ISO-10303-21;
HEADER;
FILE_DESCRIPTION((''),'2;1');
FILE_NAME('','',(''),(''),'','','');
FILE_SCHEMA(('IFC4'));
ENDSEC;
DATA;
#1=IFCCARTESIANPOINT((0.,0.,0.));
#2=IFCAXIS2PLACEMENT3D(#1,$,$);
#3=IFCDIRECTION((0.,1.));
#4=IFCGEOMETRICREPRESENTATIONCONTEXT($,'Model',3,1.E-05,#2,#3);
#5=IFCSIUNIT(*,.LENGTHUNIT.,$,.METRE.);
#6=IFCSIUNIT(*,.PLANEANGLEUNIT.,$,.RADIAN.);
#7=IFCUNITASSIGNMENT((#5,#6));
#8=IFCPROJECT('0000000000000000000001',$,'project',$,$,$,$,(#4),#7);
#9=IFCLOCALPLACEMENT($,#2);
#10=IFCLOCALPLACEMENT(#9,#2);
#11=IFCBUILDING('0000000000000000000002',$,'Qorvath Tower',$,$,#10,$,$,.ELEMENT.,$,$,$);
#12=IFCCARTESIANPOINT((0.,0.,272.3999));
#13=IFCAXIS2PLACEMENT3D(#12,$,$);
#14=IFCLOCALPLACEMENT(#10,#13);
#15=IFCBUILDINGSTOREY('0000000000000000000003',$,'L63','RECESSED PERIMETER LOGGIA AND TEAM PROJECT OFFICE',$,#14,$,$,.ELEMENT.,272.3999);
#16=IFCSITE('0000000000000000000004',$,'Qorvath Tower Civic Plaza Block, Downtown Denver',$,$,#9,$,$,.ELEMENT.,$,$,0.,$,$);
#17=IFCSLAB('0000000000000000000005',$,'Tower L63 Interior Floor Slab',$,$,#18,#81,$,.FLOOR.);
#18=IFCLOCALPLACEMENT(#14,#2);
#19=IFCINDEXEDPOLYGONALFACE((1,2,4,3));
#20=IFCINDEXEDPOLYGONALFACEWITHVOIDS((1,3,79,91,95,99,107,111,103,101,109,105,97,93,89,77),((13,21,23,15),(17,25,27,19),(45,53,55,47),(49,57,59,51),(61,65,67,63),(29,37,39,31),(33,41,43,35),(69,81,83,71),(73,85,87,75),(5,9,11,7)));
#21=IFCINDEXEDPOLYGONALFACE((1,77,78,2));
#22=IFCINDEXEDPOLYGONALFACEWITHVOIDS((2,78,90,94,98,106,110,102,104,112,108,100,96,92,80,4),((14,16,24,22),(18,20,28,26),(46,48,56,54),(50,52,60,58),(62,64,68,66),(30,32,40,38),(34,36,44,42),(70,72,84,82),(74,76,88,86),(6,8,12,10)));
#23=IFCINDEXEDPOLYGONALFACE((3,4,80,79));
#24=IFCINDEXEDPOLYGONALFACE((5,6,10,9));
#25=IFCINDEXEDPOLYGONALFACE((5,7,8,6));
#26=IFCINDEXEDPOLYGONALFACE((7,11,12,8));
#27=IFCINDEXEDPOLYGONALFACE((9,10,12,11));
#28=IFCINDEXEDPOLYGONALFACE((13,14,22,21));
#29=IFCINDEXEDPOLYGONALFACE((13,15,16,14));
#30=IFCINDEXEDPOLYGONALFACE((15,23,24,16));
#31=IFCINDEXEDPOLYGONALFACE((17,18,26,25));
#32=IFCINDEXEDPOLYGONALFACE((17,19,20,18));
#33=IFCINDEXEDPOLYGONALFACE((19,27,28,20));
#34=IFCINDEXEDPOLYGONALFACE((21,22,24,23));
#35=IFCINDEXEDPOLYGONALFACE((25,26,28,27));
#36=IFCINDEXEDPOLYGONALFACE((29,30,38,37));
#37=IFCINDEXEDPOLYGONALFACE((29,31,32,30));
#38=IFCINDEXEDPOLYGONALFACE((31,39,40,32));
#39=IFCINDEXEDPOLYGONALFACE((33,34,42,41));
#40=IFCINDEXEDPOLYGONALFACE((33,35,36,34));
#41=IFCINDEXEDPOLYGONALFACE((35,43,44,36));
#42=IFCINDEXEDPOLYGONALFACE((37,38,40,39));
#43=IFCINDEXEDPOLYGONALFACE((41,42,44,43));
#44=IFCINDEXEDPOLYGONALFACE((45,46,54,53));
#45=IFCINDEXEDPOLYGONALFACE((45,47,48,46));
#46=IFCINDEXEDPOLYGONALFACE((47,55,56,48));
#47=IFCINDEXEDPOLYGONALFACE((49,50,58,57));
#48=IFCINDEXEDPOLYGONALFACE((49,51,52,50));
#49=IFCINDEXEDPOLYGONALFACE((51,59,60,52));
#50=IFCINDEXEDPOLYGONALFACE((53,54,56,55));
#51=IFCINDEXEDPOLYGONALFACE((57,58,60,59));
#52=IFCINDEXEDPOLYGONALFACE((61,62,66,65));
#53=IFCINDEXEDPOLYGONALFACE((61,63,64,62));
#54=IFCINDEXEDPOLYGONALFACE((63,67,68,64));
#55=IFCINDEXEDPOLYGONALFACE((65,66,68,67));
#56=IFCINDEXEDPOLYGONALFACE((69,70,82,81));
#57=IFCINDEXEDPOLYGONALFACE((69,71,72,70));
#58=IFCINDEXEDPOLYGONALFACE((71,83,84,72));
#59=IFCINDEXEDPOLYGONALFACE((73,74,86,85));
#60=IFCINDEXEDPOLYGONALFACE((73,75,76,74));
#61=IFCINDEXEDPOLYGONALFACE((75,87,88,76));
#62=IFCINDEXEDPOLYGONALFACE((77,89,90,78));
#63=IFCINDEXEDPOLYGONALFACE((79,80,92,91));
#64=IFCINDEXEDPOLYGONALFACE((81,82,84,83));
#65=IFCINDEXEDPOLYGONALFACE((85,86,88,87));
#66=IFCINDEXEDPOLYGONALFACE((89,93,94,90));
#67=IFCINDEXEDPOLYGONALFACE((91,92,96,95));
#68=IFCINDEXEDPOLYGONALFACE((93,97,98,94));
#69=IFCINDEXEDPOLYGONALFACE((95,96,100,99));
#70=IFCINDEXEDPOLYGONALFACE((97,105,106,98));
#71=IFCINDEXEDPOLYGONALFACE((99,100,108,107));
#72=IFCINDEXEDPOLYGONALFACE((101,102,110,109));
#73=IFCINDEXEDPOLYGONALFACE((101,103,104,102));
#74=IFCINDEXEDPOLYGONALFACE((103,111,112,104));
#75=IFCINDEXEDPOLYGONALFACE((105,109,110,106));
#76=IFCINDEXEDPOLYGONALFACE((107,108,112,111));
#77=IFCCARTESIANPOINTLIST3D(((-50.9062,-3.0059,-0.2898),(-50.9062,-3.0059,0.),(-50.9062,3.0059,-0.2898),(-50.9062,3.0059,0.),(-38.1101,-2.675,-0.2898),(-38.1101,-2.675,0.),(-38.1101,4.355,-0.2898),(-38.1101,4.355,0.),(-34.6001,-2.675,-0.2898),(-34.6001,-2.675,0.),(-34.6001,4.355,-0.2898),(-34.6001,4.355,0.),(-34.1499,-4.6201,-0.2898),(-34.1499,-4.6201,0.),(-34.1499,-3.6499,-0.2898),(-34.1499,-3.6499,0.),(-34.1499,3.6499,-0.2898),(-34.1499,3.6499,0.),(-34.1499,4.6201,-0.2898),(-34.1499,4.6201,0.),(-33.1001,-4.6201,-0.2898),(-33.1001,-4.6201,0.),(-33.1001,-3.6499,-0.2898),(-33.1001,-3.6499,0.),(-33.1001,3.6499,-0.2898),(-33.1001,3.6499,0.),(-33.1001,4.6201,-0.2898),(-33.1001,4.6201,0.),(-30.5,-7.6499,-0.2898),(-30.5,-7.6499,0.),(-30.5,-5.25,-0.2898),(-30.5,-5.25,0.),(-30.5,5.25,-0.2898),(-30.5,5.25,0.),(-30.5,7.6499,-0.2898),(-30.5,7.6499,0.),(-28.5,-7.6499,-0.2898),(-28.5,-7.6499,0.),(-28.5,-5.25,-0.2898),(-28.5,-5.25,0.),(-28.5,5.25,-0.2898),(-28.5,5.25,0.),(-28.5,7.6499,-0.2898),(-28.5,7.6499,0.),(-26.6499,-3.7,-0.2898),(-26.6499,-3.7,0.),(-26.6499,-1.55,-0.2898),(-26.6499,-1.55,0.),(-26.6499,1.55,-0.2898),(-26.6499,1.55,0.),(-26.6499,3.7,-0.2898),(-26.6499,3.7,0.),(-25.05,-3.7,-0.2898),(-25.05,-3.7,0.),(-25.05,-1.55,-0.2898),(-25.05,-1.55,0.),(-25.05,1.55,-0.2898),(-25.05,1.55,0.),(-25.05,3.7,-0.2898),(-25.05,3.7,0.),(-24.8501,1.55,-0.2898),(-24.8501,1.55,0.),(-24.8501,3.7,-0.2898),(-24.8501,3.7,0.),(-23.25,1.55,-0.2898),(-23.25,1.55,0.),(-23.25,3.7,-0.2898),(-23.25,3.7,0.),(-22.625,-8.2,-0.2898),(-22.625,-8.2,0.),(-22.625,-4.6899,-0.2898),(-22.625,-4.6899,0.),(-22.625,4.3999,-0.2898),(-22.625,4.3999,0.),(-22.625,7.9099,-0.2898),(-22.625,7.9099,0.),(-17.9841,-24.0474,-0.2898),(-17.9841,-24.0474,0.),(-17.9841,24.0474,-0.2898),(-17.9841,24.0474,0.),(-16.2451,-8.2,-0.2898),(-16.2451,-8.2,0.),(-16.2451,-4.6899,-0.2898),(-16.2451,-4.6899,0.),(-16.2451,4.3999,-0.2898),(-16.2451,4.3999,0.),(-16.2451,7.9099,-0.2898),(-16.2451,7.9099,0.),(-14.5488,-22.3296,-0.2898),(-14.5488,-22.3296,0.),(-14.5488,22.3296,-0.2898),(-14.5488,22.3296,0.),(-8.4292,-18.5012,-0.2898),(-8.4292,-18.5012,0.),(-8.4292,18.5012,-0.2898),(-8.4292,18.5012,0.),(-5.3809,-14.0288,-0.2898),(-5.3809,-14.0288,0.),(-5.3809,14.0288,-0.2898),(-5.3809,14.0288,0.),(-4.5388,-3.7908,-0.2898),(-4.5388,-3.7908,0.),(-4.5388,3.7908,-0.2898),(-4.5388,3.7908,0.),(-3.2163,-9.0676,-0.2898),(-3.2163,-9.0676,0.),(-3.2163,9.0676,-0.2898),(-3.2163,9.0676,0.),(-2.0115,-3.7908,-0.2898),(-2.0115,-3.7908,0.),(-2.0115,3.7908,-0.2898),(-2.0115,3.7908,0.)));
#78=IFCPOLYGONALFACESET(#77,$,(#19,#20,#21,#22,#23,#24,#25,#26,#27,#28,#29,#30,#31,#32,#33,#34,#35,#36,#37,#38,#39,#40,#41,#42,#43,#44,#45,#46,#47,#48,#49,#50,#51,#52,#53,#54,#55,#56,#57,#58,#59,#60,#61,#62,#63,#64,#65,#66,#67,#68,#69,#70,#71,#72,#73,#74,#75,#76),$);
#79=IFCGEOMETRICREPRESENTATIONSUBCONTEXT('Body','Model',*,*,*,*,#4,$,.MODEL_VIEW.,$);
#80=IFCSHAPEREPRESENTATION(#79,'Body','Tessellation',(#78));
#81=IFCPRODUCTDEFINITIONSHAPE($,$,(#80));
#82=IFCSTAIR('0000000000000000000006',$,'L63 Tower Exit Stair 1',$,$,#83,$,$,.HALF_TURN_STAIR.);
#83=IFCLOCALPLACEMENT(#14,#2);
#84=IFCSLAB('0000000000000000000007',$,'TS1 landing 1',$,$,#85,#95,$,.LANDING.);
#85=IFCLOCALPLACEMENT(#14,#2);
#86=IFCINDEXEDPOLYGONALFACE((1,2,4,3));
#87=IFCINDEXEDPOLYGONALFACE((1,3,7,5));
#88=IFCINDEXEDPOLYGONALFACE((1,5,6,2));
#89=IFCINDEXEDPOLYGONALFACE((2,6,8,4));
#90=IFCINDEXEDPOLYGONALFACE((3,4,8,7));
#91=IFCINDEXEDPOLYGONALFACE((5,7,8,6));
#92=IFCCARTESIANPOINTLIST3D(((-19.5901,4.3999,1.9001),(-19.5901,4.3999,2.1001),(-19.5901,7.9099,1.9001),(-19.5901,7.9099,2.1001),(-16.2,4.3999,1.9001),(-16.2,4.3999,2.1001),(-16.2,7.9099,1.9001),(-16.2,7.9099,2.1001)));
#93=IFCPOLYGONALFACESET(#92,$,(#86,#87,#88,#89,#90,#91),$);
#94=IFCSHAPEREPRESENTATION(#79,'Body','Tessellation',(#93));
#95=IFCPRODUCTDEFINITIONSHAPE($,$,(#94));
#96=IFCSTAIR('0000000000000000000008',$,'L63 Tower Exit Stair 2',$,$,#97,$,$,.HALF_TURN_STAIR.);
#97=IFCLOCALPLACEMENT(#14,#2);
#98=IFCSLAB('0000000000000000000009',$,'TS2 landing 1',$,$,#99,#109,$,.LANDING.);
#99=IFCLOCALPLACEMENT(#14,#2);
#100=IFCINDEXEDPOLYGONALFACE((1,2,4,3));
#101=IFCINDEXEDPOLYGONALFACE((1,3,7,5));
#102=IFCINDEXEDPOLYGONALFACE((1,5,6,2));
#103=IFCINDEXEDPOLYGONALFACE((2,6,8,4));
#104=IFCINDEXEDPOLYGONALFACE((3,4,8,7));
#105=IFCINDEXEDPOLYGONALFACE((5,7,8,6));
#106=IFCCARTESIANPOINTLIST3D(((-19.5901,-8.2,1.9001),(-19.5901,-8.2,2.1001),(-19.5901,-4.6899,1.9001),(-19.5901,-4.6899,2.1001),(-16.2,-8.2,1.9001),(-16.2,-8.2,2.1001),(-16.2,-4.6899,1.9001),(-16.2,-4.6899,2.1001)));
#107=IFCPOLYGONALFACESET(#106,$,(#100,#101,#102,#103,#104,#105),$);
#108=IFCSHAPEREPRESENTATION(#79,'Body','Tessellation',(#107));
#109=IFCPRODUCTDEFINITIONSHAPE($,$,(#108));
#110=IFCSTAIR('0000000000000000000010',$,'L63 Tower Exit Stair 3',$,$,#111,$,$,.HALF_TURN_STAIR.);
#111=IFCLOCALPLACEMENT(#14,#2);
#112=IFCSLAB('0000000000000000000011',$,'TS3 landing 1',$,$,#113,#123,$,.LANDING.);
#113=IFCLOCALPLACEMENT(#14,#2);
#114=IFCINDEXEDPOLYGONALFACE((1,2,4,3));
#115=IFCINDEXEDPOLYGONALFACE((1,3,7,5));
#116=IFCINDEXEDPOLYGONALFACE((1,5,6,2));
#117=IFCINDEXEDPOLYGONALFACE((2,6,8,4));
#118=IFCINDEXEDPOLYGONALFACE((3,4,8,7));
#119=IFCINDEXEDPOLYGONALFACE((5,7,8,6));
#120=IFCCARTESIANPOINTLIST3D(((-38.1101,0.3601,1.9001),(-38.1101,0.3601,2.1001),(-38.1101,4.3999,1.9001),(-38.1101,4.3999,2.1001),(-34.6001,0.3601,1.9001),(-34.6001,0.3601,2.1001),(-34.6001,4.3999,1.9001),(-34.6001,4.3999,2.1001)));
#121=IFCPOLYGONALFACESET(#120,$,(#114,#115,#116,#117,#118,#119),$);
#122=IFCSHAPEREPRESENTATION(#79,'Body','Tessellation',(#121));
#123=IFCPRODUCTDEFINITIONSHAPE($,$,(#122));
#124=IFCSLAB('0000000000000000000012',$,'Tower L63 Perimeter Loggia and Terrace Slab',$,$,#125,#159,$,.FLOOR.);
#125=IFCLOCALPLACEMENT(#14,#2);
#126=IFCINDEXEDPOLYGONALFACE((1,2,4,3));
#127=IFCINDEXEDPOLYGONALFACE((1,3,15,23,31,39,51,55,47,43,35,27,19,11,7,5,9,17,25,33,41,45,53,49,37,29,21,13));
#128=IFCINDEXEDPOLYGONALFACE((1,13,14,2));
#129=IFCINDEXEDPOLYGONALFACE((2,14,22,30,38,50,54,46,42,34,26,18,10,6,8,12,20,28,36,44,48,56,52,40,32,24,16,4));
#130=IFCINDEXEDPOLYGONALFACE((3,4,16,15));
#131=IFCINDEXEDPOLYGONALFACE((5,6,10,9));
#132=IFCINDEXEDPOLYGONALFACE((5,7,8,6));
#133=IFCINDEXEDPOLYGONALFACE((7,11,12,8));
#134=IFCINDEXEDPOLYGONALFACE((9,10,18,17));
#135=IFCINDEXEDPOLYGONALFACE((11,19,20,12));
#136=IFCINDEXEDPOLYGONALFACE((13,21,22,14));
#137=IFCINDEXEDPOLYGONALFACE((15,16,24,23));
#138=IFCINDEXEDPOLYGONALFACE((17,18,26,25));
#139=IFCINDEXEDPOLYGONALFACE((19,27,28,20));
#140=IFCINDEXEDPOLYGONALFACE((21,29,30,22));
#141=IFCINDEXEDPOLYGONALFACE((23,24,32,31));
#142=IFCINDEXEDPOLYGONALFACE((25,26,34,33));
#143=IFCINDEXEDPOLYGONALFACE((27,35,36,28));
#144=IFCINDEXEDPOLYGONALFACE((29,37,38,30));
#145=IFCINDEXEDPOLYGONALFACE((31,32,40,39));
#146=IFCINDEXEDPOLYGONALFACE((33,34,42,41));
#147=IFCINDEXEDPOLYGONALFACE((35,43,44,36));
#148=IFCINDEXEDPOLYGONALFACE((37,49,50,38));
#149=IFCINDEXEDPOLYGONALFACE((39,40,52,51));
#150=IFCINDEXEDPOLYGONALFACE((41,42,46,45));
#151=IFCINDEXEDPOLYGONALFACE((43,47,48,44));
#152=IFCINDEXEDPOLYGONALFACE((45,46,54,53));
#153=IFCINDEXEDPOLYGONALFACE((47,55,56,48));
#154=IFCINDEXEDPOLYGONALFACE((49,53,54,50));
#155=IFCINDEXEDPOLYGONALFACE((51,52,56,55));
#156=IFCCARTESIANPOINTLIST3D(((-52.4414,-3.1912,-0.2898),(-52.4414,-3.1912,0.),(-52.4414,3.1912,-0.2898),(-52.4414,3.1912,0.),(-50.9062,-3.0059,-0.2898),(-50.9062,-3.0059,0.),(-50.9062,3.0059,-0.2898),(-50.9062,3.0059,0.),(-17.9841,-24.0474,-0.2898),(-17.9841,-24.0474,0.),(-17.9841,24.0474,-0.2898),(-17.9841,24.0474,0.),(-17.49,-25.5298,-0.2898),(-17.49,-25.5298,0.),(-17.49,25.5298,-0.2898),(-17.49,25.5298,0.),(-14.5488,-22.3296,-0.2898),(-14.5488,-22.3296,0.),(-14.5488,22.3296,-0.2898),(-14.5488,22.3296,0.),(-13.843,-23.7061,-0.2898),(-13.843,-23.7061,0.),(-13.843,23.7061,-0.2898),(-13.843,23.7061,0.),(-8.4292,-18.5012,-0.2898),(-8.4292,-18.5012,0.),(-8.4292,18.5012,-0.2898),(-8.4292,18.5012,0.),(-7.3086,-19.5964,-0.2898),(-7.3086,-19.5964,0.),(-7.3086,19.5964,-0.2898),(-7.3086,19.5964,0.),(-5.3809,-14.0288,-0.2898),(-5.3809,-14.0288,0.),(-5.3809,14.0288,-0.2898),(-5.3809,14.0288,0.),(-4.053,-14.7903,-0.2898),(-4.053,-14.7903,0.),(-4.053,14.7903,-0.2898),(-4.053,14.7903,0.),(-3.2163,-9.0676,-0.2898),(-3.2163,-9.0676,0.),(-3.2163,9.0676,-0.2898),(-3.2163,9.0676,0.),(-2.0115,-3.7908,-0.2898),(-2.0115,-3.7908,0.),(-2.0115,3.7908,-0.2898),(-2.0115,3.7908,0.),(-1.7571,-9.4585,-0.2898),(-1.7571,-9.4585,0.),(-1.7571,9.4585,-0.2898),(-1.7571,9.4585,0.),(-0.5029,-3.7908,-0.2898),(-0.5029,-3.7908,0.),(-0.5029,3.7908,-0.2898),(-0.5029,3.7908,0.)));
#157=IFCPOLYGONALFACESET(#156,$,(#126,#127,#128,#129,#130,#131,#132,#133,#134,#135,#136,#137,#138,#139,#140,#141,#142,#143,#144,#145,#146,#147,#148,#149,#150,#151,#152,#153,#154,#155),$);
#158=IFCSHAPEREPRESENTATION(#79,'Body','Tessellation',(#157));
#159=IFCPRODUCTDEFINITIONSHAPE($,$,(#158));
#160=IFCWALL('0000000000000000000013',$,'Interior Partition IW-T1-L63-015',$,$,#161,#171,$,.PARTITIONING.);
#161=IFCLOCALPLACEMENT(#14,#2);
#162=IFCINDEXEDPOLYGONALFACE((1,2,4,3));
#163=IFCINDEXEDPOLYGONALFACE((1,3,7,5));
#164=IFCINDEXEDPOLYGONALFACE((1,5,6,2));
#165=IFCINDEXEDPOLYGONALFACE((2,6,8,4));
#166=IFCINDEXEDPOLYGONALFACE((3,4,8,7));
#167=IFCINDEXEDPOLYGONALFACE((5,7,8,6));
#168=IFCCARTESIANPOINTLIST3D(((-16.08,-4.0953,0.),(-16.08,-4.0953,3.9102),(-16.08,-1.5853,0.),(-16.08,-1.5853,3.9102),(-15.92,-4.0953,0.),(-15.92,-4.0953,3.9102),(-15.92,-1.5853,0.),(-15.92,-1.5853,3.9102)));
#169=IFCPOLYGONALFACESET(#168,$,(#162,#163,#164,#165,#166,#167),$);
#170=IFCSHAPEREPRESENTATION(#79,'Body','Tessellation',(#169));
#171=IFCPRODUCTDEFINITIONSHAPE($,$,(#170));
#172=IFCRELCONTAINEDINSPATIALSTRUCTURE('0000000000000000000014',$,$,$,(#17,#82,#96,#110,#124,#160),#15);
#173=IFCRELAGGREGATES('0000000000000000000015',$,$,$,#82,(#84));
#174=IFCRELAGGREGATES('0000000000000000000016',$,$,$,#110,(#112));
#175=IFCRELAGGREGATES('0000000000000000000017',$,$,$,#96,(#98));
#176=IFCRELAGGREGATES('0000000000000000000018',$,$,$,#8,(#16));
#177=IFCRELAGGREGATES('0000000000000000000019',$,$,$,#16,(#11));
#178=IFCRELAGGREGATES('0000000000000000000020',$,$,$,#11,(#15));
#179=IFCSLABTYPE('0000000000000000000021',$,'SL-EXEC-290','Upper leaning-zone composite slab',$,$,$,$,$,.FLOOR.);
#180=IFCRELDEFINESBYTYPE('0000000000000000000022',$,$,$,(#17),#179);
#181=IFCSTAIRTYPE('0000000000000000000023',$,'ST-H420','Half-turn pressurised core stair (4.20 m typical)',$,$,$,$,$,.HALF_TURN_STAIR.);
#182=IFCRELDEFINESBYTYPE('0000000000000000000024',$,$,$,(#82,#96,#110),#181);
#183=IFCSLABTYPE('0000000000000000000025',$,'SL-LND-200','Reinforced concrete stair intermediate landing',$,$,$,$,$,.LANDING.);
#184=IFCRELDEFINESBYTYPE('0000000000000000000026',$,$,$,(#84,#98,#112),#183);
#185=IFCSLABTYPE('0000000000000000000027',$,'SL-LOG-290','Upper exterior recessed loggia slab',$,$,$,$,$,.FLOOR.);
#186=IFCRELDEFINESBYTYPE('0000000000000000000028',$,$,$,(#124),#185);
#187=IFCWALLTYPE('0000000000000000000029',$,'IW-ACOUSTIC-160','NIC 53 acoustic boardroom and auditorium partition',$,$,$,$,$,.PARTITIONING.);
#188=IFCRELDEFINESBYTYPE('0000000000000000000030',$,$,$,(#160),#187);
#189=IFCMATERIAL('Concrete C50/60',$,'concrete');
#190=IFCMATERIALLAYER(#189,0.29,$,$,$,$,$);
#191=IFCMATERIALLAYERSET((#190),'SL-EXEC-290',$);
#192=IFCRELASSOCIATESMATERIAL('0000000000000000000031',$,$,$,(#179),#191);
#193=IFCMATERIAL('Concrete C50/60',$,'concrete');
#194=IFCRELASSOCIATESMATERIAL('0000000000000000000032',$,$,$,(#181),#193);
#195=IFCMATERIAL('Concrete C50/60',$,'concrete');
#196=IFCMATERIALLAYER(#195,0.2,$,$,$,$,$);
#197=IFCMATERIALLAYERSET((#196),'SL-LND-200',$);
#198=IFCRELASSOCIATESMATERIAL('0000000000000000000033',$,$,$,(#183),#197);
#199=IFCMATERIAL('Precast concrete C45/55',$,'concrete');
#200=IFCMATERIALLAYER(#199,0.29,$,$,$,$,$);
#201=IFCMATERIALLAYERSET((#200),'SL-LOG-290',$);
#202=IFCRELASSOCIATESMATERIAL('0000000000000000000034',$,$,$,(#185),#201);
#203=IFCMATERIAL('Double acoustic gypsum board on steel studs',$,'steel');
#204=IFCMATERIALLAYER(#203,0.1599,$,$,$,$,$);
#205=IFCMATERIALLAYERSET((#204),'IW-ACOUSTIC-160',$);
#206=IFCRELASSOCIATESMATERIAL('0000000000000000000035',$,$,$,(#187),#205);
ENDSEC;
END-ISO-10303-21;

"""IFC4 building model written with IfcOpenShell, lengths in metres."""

from ifc_helpers import new_model, si_unit, direction, frame, frame_2d, origin, place, context, subcontext, project, spatial, polyline, rectangle, outline, extrude, material, layer, layer_set, type_object, element, aggregate, save


model = new_model("IFC4")

# Units and contexts
model_context = context("Model", 3, precision=1e-05, world=origin(), true_north=direction((0.0, 1.0)))
body_context = subcontext(model_context, "Body", "Model", "MODEL_VIEW")
ifc_project = project(units=[si_unit("LENGTHUNIT", "METRE"), si_unit("PLANEANGLEUNIT", "RADIAN")], contexts=[model_context])

# Site, building, storey
site_placement = place(None, origin())
site = spatial("IfcSite", under=ifc_project, at=site_placement, Name="Qorvath Tower Civic Plaza Block, Downtown Denver", CompositionType="ELEMENT", RefElevation=0.0)
building_placement = place(site_placement, origin())
building = spatial("IfcBuilding", under=site, at=building_placement, Name="Qorvath Tower", CompositionType="ELEMENT")
storey_placement = place(building_placement, frame((0.0, 0.0, 272.3999)))
storey = spatial("IfcBuildingStorey", under=building, at=storey_placement, Name="L63", Description="RECESSED PERIMETER LOGGIA AND TEAM PROJECT OFFICE", CompositionType="ELEMENT", Elevation=272.3999)

# Slab
ifc_material_1 = material(Name="Concrete C50/60", Category="concrete")
ifc_layer_1 = layer(ifc_material_1, 0.29)
ifc_layer_set_1 = layer_set([ifc_layer_1], Name="SL-EXEC-290")
slab_type_1 = type_object("IfcSlabType", Name="SL-EXEC-290", Description="Upper leaning-zone composite slab", PredefinedType="FLOOR", material=ifc_layer_set_1)
slab_1_placement = place(storey_placement, frame((0.0, 0.0, -0.2898)))
element("IfcSlab", 1, at=slab_1_placement, inside=storey, type_object=slab_type_1, Name="Tower L63 Interior Floor Slab", PredefinedType="FLOOR", context=body_context, shape_type="SweptSolid", body=[
    extrude(outline(polyline([(-50.9062, 3.0059), (-50.9062, -3.0059), (-17.9841, -24.0474), (-14.5488, -22.3296), (-8.4292, -18.5012), (-5.3809, -14.0288), (-3.2163, -9.0676), (-2.0115, -3.7908), (-4.5388, -3.7908), (-4.5388, 3.7908), (-2.0115, 3.7908), (-3.2163, 9.0676), (-5.3809, 14.0288), (-8.4292, 18.5012), (-14.5488, 22.3296), (-17.9841, 24.0474), (-50.9062, 3.0059)]), holes=[polyline([(-16.2451, -8.2), (-22.625, -8.2), (-22.625, -4.6899), (-16.2451, -4.6899), (-16.2451, -8.2)]), polyline([(-22.625, 4.3999), (-22.625, 7.9099), (-16.2451, 7.9099), (-16.2451, 4.3999), (-22.625, 4.3999)]), polyline([(-23.25, 1.55), (-24.8501, 1.55), (-24.8501, 3.7), (-23.25, 3.7), (-23.25, 1.55)]), polyline([(-26.6499, -3.7), (-26.6499, -1.55), (-25.05, -1.55), (-25.05, -3.7), (-26.6499, -3.7)]), polyline([(-25.05, 1.55), (-26.6499, 1.55), (-26.6499, 3.7), (-25.05, 3.7), (-25.05, 1.55)]), polyline([(-28.5, -7.6499), (-30.5, -7.6499), (-30.5, -5.25), (-28.5, -5.25), (-28.5, -7.6499)]), polyline([(-30.5, 5.25), (-30.5, 7.6499), (-28.5, 7.6499), (-28.5, 5.25), (-30.5, 5.25)]), polyline([(-33.1001, -4.6201), (-34.1499, -4.6201), (-34.1499, -3.6499), (-33.1001, -3.6499), (-33.1001, -4.6201)]), polyline([(-33.1001, 3.6499), (-34.1499, 3.6499), (-34.1499, 4.6201), (-33.1001, 4.6201), (-33.1001, 3.6499)]), polyline([(-34.6001, -2.675), (-38.1101, -2.675), (-38.1101, 4.355), (-34.6001, 4.355), (-34.6001, -2.675)])]), origin(), (0.0, 0.0, 1.0), 0.2898),
])

# Stairs, slabs
ifc_material_2 = material(Name="Concrete C50/60", Category="concrete")
stair_type = type_object("IfcStairType", Name="ST-H420", Description="Half-turn pressurised core stair (4.20 m typical)", PredefinedType="HALF_TURN_STAIR", material=ifc_material_2)
stair_1_placement = place(storey_placement, origin())
stair_1 = element("IfcStair", 2, at=stair_1_placement, inside=storey, type_object=stair_type, Name="L63 Tower Exit Stair 1", PredefinedType="HALF_TURN_STAIR")
ifc_material_3 = material(Name="Concrete C50/60", Category="concrete")
ifc_layer_2 = layer(ifc_material_3, 0.2)
ifc_layer_set_2 = layer_set([ifc_layer_2], Name="SL-LND-200")
slab_type_2 = type_object("IfcSlabType", Name="SL-LND-200", Description="Reinforced concrete stair intermediate landing", PredefinedType="LANDING", material=ifc_layer_set_2)
slab_2_placement = place(storey_placement, frame((0.0, 0.0, 1.9001)))
slab_2 = element("IfcSlab", 3, at=slab_2_placement, type_object=slab_type_2, Name="TS1 landing 1", PredefinedType="LANDING", context=body_context, shape_type="SweptSolid", body=[
    extrude(outline(polyline([(-19.5901, 4.3999), (-16.2, 4.3999), (-16.2, 7.9099), (-19.5901, 7.9099), (-19.5901, 4.3999)])), origin(), (0.0, 0.0, 1.0), 0.2),
])
aggregate(stair_1, [slab_2])
stair_2_placement = place(storey_placement, origin())
stair_2 = element("IfcStair", 4, at=stair_2_placement, inside=storey, type_object=stair_type, Name="L63 Tower Exit Stair 2", PredefinedType="HALF_TURN_STAIR")
slab_3_placement = place(storey_placement, frame((0.0, 0.0, 1.9001)))
slab_3 = element("IfcSlab", 5, at=slab_3_placement, type_object=slab_type_2, Name="TS2 landing 1", PredefinedType="LANDING", context=body_context, shape_type="SweptSolid", body=[
    extrude(outline(polyline([(-19.5901, -8.2), (-16.2, -8.2), (-16.2, -4.6899), (-19.5901, -4.6899), (-19.5901, -8.2)])), origin(), (0.0, 0.0, 1.0), 0.2),
])
stair_3_placement = place(storey_placement, origin())
stair_3 = element("IfcStair", 6, at=stair_3_placement, inside=storey, type_object=stair_type, Name="L63 Tower Exit Stair 3", PredefinedType="HALF_TURN_STAIR")
slab_4_placement = place(storey_placement, frame((0.0, 0.0, 1.9001)))
slab_4 = element("IfcSlab", 7, at=slab_4_placement, type_object=slab_type_2, Name="TS3 landing 1", PredefinedType="LANDING", context=body_context, shape_type="SweptSolid", body=[
    extrude(outline(polyline([(-34.6001, 0.3601), (-34.6001, 4.3999), (-38.1101, 4.3999), (-38.1101, 0.3601), (-34.6001, 0.3601)])), origin(), (0.0, 0.0, 1.0), 0.2),
])
aggregate(stair_3, [slab_4])

# Slab
ifc_material_4 = material(Name="Precast concrete C45/55", Category="concrete")
ifc_layer_3 = layer(ifc_material_4, 0.29)
ifc_layer_set_3 = layer_set([ifc_layer_3], Name="SL-LOG-290")
slab_type_3 = type_object("IfcSlabType", Name="SL-LOG-290", Description="Upper exterior recessed loggia slab", PredefinedType="FLOOR", material=ifc_layer_set_3)
slab_5_placement = place(storey_placement, frame((0.0, 0.0, -0.2898)))
element("IfcSlab", 8, at=slab_5_placement, inside=storey, type_object=slab_type_3, Name="Tower L63 Perimeter Loggia and Terrace Slab", PredefinedType="FLOOR", context=body_context, shape_type="SweptSolid", body=[
    extrude(outline(polyline([(-2.0115, -3.7908), (-3.2163, -9.0676), (-5.3809, -14.0288), (-8.4292, -18.5012), (-14.5488, -22.3296), (-17.9841, -24.0474), (-50.9062, -3.0059), (-50.9062, 3.0059), (-17.9841, 24.0474), (-14.5488, 22.3296), (-8.4292, 18.5012), (-5.3809, 14.0288), (-3.2163, 9.0676), (-2.0115, 3.7908), (-0.5029, 3.7908), (-1.7571, 9.4585), (-4.053, 14.7903), (-7.3086, 19.5964), (-13.843, 23.7061), (-17.49, 25.5298), (-52.4414, 3.1912), (-52.4414, -3.1912), (-17.49, -25.5298), (-13.843, -23.7061), (-7.3086, -19.5964), (-4.053, -14.7903), (-1.7571, -9.4585), (-0.5029, -3.7908), (-2.0115, -3.7908)])), origin(), (0.0, 0.0, 1.0), 0.2898),
])

# Wall
ifc_material_5 = material(Name="Double acoustic gypsum board on steel studs", Category="steel")
ifc_layer_4 = layer(ifc_material_5, 0.1599)
ifc_layer_set_4 = layer_set([ifc_layer_4], Name="IW-ACOUSTIC-160")
wall_type_1 = type_object("IfcWallType", Name="IW-ACOUSTIC-160", Description="NIC 53 acoustic boardroom and auditorium partition", PredefinedType="PARTITIONING", material=ifc_layer_set_4)
wall_1_placement = place(storey_placement, frame((-16.0, -4.0952, 0.0), z_axis=(0.0, 0.0, 1.0), x_axis=(0.0, 1.0, 0.0)))
element("IfcWall", 9, at=wall_1_placement, inside=storey, type_object=wall_type_1, Name="Interior Partition IW-T1-L63-015", PredefinedType="PARTITIONING", context=body_context, shape_type="SweptSolid", body=[
    extrude(rectangle(XDim=2.51, YDim=0.1599, at=frame_2d((1.2549, 0.0))), origin(), (0.0, 0.0, 1.0), 3.9102),
])

aggregate(stair_2, [slab_3])

save(model, "model.ifc")
